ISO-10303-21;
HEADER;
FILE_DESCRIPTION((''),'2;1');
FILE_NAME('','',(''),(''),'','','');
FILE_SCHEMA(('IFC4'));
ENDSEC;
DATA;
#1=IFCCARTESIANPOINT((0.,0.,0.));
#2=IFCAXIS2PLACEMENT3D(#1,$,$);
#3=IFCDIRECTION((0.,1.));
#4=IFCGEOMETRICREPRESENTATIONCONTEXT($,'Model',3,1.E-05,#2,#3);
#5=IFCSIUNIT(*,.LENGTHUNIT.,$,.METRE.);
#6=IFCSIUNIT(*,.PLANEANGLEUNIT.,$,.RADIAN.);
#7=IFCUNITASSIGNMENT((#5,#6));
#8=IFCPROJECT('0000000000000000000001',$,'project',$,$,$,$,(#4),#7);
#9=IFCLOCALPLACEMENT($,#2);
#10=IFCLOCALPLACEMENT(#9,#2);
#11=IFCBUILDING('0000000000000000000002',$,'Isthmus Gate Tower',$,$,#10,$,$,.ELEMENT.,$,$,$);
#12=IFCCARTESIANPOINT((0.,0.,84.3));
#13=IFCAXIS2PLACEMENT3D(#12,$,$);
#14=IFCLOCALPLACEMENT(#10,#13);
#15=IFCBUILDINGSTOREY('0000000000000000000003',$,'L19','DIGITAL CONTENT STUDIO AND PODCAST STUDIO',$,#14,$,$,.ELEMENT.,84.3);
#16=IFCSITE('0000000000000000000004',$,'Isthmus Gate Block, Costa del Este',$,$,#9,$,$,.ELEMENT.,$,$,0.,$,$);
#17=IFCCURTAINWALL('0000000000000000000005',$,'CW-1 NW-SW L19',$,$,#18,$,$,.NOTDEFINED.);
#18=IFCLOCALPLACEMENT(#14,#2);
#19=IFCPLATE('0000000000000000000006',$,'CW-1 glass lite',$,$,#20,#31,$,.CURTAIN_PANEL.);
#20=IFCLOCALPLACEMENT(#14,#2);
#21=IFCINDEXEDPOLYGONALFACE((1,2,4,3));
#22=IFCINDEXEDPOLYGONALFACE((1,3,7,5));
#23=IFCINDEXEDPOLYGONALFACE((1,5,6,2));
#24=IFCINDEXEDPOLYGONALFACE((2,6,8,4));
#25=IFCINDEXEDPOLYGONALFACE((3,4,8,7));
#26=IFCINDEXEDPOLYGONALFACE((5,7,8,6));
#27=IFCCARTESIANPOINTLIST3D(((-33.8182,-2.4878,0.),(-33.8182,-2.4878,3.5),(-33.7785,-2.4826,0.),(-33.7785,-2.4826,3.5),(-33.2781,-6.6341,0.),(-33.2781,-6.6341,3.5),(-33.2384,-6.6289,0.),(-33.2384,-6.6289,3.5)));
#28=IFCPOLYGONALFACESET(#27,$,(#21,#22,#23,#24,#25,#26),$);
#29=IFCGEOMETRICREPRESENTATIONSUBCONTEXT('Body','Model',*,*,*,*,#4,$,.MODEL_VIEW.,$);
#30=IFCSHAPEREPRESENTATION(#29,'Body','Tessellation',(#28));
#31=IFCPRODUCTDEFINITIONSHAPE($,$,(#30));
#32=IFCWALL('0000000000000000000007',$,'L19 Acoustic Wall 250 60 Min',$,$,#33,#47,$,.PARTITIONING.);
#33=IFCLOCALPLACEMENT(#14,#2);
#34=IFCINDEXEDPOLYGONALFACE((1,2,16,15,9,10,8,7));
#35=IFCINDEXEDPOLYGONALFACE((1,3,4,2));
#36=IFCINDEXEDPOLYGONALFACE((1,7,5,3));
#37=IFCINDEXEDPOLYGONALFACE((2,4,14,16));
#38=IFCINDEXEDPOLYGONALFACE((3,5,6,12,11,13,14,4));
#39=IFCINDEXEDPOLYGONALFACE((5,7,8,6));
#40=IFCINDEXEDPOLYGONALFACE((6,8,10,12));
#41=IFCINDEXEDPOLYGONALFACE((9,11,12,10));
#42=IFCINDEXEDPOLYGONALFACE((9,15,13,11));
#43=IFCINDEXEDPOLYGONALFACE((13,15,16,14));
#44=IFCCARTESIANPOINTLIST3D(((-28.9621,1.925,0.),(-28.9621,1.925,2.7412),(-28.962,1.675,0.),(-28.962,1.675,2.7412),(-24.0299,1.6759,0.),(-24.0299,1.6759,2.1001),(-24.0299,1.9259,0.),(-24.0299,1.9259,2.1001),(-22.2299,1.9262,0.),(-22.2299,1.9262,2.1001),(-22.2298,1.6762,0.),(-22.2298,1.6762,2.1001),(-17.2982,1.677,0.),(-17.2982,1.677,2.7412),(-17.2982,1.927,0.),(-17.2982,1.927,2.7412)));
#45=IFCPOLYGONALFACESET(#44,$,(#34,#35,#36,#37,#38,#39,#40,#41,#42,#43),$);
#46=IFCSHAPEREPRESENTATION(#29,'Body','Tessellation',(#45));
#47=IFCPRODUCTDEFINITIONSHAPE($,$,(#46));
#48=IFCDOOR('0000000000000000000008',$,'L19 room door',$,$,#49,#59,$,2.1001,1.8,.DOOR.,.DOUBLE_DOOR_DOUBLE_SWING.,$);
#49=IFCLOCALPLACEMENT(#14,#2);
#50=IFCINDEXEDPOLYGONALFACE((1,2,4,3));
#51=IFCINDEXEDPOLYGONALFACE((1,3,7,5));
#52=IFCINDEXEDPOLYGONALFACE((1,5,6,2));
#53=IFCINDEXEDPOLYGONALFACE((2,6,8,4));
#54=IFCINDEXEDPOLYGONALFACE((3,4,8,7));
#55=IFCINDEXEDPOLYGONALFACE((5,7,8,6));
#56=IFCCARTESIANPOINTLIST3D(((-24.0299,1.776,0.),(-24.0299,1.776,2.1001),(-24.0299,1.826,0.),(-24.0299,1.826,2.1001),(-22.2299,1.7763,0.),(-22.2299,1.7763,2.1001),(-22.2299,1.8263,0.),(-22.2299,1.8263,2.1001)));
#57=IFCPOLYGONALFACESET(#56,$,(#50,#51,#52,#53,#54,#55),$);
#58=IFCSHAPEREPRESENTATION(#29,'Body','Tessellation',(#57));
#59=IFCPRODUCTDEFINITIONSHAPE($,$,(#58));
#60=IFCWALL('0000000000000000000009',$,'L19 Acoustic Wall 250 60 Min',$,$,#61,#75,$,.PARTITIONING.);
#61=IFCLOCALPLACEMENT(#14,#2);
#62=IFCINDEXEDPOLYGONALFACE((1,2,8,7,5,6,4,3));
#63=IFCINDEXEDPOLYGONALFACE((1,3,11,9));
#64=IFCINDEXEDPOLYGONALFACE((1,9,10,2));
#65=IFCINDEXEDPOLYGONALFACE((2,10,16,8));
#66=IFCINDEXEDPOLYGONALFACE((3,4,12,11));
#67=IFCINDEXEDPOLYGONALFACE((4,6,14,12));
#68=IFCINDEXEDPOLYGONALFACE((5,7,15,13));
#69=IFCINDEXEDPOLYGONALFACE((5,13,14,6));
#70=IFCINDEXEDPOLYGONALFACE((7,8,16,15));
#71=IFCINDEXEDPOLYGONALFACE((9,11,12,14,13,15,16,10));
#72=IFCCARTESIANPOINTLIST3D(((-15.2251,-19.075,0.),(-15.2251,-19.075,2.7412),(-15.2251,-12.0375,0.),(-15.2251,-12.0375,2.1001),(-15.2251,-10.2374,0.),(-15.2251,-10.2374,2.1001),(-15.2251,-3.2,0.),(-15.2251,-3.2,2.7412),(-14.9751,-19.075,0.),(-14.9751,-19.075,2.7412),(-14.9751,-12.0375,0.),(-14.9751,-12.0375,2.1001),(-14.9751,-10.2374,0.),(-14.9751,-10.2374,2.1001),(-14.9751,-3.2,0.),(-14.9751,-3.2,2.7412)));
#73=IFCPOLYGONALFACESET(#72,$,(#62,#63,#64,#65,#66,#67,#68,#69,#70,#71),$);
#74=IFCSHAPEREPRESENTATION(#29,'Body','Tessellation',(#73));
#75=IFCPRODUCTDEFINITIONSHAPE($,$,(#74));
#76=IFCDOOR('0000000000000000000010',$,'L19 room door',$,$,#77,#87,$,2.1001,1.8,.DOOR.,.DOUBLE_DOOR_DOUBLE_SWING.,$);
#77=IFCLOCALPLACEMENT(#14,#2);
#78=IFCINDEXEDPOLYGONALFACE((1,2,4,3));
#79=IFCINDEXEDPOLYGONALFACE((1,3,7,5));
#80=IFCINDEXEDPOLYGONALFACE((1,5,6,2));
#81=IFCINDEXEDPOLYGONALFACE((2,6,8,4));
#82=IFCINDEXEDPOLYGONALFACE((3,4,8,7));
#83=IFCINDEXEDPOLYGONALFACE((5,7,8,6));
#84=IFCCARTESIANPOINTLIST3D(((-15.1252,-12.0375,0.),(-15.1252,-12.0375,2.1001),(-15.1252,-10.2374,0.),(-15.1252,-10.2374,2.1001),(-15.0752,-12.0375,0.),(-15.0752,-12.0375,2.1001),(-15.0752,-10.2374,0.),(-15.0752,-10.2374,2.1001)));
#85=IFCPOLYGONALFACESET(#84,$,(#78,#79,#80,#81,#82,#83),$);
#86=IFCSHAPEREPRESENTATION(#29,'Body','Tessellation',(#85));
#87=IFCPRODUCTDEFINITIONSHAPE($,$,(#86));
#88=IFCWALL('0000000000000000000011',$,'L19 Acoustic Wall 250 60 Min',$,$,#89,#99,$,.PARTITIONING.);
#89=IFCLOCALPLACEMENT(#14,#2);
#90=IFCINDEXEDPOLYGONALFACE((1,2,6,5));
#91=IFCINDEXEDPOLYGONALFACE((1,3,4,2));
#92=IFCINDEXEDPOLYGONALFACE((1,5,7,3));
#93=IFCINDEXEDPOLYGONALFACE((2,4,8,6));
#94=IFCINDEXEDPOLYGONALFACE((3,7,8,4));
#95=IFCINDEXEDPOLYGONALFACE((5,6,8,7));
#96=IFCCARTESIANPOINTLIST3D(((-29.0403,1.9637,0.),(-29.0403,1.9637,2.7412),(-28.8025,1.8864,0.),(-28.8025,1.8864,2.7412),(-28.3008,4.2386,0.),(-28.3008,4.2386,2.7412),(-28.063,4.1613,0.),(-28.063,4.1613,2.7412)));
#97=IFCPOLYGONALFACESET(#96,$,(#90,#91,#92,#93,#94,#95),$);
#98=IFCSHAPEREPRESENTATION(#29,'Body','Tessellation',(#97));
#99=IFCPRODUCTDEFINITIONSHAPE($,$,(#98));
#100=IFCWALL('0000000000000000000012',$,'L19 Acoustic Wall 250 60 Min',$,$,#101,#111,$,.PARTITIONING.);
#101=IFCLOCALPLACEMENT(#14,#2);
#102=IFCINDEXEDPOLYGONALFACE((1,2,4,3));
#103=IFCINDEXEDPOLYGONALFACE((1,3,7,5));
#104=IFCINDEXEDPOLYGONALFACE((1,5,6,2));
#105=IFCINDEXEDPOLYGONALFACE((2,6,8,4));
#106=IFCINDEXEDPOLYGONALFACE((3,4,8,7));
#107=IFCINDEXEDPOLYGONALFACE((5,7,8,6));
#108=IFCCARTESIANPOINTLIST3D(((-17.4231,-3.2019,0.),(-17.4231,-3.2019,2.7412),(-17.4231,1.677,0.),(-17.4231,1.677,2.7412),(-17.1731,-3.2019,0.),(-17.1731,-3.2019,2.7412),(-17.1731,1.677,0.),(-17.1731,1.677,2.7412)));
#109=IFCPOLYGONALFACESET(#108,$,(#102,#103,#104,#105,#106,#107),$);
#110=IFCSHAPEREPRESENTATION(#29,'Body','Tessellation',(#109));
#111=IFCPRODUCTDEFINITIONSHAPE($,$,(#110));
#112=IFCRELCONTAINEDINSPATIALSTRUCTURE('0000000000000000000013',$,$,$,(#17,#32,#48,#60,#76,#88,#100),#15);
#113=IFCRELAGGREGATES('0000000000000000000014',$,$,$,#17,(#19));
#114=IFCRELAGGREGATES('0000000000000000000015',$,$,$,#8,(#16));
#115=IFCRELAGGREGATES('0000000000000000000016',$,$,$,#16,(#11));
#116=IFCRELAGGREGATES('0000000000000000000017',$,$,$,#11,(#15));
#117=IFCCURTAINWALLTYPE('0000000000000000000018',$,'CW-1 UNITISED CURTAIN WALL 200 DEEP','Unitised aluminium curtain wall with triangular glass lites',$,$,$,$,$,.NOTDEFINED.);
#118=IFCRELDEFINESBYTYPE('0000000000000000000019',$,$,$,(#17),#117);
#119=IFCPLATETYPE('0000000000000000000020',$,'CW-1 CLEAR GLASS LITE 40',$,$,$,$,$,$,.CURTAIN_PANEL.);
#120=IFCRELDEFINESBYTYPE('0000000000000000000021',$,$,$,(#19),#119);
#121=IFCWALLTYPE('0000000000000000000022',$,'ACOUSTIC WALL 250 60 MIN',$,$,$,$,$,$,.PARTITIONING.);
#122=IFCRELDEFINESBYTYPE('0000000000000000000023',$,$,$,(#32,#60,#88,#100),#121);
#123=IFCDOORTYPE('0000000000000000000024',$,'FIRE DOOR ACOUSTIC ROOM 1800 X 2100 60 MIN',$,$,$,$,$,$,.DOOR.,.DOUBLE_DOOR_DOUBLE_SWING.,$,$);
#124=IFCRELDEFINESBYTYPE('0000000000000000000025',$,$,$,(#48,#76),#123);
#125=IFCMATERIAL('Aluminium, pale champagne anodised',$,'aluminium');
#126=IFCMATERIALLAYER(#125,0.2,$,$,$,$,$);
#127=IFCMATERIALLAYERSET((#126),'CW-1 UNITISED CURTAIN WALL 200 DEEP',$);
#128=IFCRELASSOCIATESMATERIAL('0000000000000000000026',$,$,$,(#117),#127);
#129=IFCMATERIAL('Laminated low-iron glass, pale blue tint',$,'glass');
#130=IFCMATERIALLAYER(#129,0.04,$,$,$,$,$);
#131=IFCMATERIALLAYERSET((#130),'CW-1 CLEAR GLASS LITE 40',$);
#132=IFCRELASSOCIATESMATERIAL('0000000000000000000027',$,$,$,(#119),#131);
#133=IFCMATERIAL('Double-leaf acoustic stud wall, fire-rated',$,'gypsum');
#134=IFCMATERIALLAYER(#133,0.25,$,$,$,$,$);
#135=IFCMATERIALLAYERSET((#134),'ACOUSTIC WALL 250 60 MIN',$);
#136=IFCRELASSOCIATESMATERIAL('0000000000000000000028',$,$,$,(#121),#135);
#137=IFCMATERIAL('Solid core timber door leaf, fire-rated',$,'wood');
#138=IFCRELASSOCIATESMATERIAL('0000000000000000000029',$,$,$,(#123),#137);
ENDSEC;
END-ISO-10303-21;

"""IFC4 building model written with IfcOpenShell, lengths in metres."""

from ifc_helpers import new_model, si_unit, direction, frame, frame_2d, origin, origin_2d, place, context, subcontext, project, spatial, rectangle, extrude, material, layer, layer_set, type_object, element, fill, aggregate, save


model = new_model("IFC4")

# Units and contexts
model_context = context("Model", 3, precision=1e-05, world=origin(), true_north=direction((0.0, 1.0)))
body_context = subcontext(model_context, "Body", "Model", "MODEL_VIEW")
ifc_project = project(units=[si_unit("LENGTHUNIT", "METRE"), si_unit("PLANEANGLEUNIT", "RADIAN")], contexts=[model_context])

# Site, building, storey
site_placement = place(None, origin())
site = spatial("IfcSite", under=ifc_project, at=site_placement, Name="Isthmus Gate Block, Costa del Este", CompositionType="ELEMENT", RefElevation=0.0)
building_placement = place(site_placement, origin())
building = spatial("IfcBuilding", under=site, at=building_placement, Name="Isthmus Gate Tower", CompositionType="ELEMENT")
storey_placement = place(building_placement, frame((0.0, 0.0, 84.3)))
storey = spatial("IfcBuildingStorey", under=building, at=storey_placement, Name="L19", Description="DIGITAL CONTENT STUDIO AND PODCAST STUDIO", CompositionType="ELEMENT", Elevation=84.3)

# Curtain wall
ifc_material_1 = material(Name="Aluminium, pale champagne anodised", Category="aluminium")
ifc_layer_1 = layer(ifc_material_1, 0.2)
ifc_layer_set_1 = layer_set([ifc_layer_1], Name="CW-1 UNITISED CURTAIN WALL 200 DEEP")
curtain_wall_type = type_object("IfcCurtainWallType", Name="CW-1 UNITISED CURTAIN WALL 200 DEEP", Description="Unitised aluminium curtain wall with triangular glass lites", PredefinedType="NOTDEFINED", material=ifc_layer_set_1)
curtain_wall_1_placement = place(storey_placement, origin())
curtain_wall_1 = element("IfcCurtainWall", 1, at=curtain_wall_1_placement, inside=storey, type_object=curtain_wall_type, Name="CW-1 NW-SW L19", PredefinedType="NOTDEFINED")

# Shared definitions
ifc_material_2 = material(Name="Laminated low-iron glass, pale blue tint", Category="glass")
ifc_layer_2 = layer(ifc_material_2, 0.04)
ifc_layer_set_2 = layer_set([ifc_layer_2], Name="CW-1 CLEAR GLASS LITE 40")
plate_type = type_object("IfcPlateType", Name="CW-1 CLEAR GLASS LITE 40", PredefinedType="CURTAIN_PANEL", material=ifc_layer_set_2)

# Plate
plate_1_placement = place(storey_placement, frame((-33.5283, -4.5583, 0.0), z_axis=(0.0, 0.0, 1.0), x_axis=(0.129165, -0.991623, 0.0)))
plate_1 = element("IfcPlate", 2, at=plate_1_placement, type_object=plate_type, Name="CW-1 glass lite", PredefinedType="CURTAIN_PANEL", context=body_context, shape_type="SweptSolid", body=[
    extrude(rectangle(XDim=4.1814, YDim=0.04, at=origin_2d()), origin(), (0.0, 0.0, 1.0), 3.5),
])
aggregate(curtain_wall_1, [plate_1])

# Walls, openings, doors
ifc_material_3 = material(Name="Double-leaf acoustic stud wall, fire-rated", Category="gypsum")
ifc_layer_3 = layer(ifc_material_3, 0.25)
ifc_layer_set_3 = layer_set([ifc_layer_3], Name="ACOUSTIC WALL 250 60 MIN")
wall_type_1 = type_object("IfcWallType", Name="ACOUSTIC WALL 250 60 MIN", PredefinedType="PARTITIONING", material=ifc_layer_set_3)
wall_1_placement = place(storey_placement, frame((-17.2981, 1.802, 0.0), z_axis=(0.0, 0.0, 1.0), x_axis=(-1.0, -0.000167, 0.0)))
wall_1 = element("IfcWall", 3, at=wall_1_placement, inside=storey, type_object=wall_type_1, Name="L19 Acoustic Wall 250 60 Min", PredefinedType="PARTITIONING", context=body_context, shape_type="SweptSolid", body=[
    extrude(rectangle(XDim=11.6638, YDim=0.25, at=frame_2d((5.832, 0.0))), origin(), (0.0, 0.0, 1.0), 2.7412),
])
opening_1_placement = place(wall_1_placement, frame((4.9319, 0.0, 0.0)))
opening_1 = element("IfcOpeningElement", 4, at=opening_1_placement, cuts=wall_1, PredefinedType="OPENING", context=body_context, shape_type="SweptSolid", body=[
    extrude(rectangle(XDim=1.8, YDim=2.1001, at=frame_2d((0.8999, 1.05))), frame((0.0, 0.135, 0.0), z_axis=(0.0, -1.0, 0.0), x_axis=(1.0, 0.0, 0.0)), (0.0, 0.0, 1.0), 0.27),
])
ifc_material_4 = material(Name="Solid core timber door leaf, fire-rated", Category="wood")
door_type_1 = type_object("IfcDoorType", Name="FIRE DOOR ACOUSTIC ROOM 1800 X 2100 60 MIN", OperationType="DOUBLE_DOOR_DOUBLE_SWING", PredefinedType="DOOR", material=ifc_material_4)
door_1_placement = place(opening_1_placement, origin())
door_1 = element("IfcDoor", 5, at=door_1_placement, inside=storey, type_object=door_type_1, Name="L19 room door", OperationType="DOUBLE_DOOR_DOUBLE_SWING", OverallHeight=2.1001, OverallWidth=1.8, PredefinedType="DOOR", context=body_context, shape_type="SweptSolid", body=[
    extrude(rectangle(XDim=1.8, YDim=2.1001, at=frame_2d((0.8999, 1.05))), frame((0.0, 0.0249, 0.0), z_axis=(0.0, -1.0, 0.0), x_axis=(1.0, 0.0, 0.0)), (0.0, 0.0, 1.0), 0.05),
])
fill(opening_1, door_1)
wall_2_placement = place(storey_placement, frame((-15.1001, -3.2, 0.0), z_axis=(0.0, 0.0, 1.0), x_axis=(0.0, -1.0, 0.0)))
wall_2 = element("IfcWall", 6, at=wall_2_placement, inside=storey, type_object=wall_type_1, Name="L19 Acoustic Wall 250 60 Min", PredefinedType="PARTITIONING", context=body_context, shape_type="SweptSolid", body=[
    extrude(rectangle(XDim=15.875, YDim=0.25, at=frame_2d((7.9375, 0.0))), origin(), (0.0, 0.0, 1.0), 2.7412),
])
opening_2_placement = place(wall_2_placement, frame((7.0376, 0.0, 0.0)))
opening_2 = element("IfcOpeningElement", 7, at=opening_2_placement, cuts=wall_2, PredefinedType="OPENING", context=body_context, shape_type="SweptSolid", body=[
    extrude(rectangle(XDim=1.8, YDim=2.1001, at=frame_2d((0.8999, 1.05))), frame((0.0, 0.135, 0.0), z_axis=(0.0, -1.0, 0.0), x_axis=(1.0, 0.0, 0.0)), (0.0, 0.0, 1.0), 0.27),
])
door_2_placement = place(opening_2_placement, origin())
door_2 = element("IfcDoor", 8, at=door_2_placement, inside=storey, type_object=door_type_1, Name="L19 room door", OperationType="DOUBLE_DOOR_DOUBLE_SWING", OverallHeight=2.1001, OverallWidth=1.8, PredefinedType="DOOR", context=body_context, shape_type="SweptSolid", body=[
    extrude(rectangle(XDim=1.8, YDim=2.1001, at=frame_2d((0.8999, 1.05))), frame((0.0, 0.0249, 0.0), z_axis=(0.0, -1.0, 0.0), x_axis=(1.0, 0.0, 0.0)), (0.0, 0.0, 1.0), 0.05),
])
fill(opening_2, door_2)

# Walls
wall_3_placement = place(storey_placement, frame((-28.9214, 1.925, 0.0), z_axis=(0.0, 0.0, 1.0), x_axis=(0.309146, 0.951015, 0.0)))
element("IfcWall", 9, at=wall_3_placement, inside=storey, type_object=wall_type_1, Name="L19 Acoustic Wall 250 60 Min", PredefinedType="PARTITIONING", context=body_context, shape_type="SweptSolid", body=[
    extrude(rectangle(XDim=2.3921, YDim=0.25, at=frame_2d((1.196, 0.0))), origin(), (0.0, 0.0, 1.0), 2.7412),
])
wall_4_placement = place(storey_placement, frame((-17.2981, -3.2019, 0.0), z_axis=(0.0, 0.0, 1.0), x_axis=(0.0, 1.0, 0.0)))
element("IfcWall", 10, at=wall_4_placement, inside=storey, type_object=wall_type_1, Name="L19 Acoustic Wall 250 60 Min", PredefinedType="PARTITIONING", context=body_context, shape_type="SweptSolid", body=[
    extrude(rectangle(XDim=4.8789, YDim=0.25, at=frame_2d((2.4395, 0.0))), origin(), (0.0, 0.0, 1.0), 2.7412),
])

save(model, "model.ifc")
